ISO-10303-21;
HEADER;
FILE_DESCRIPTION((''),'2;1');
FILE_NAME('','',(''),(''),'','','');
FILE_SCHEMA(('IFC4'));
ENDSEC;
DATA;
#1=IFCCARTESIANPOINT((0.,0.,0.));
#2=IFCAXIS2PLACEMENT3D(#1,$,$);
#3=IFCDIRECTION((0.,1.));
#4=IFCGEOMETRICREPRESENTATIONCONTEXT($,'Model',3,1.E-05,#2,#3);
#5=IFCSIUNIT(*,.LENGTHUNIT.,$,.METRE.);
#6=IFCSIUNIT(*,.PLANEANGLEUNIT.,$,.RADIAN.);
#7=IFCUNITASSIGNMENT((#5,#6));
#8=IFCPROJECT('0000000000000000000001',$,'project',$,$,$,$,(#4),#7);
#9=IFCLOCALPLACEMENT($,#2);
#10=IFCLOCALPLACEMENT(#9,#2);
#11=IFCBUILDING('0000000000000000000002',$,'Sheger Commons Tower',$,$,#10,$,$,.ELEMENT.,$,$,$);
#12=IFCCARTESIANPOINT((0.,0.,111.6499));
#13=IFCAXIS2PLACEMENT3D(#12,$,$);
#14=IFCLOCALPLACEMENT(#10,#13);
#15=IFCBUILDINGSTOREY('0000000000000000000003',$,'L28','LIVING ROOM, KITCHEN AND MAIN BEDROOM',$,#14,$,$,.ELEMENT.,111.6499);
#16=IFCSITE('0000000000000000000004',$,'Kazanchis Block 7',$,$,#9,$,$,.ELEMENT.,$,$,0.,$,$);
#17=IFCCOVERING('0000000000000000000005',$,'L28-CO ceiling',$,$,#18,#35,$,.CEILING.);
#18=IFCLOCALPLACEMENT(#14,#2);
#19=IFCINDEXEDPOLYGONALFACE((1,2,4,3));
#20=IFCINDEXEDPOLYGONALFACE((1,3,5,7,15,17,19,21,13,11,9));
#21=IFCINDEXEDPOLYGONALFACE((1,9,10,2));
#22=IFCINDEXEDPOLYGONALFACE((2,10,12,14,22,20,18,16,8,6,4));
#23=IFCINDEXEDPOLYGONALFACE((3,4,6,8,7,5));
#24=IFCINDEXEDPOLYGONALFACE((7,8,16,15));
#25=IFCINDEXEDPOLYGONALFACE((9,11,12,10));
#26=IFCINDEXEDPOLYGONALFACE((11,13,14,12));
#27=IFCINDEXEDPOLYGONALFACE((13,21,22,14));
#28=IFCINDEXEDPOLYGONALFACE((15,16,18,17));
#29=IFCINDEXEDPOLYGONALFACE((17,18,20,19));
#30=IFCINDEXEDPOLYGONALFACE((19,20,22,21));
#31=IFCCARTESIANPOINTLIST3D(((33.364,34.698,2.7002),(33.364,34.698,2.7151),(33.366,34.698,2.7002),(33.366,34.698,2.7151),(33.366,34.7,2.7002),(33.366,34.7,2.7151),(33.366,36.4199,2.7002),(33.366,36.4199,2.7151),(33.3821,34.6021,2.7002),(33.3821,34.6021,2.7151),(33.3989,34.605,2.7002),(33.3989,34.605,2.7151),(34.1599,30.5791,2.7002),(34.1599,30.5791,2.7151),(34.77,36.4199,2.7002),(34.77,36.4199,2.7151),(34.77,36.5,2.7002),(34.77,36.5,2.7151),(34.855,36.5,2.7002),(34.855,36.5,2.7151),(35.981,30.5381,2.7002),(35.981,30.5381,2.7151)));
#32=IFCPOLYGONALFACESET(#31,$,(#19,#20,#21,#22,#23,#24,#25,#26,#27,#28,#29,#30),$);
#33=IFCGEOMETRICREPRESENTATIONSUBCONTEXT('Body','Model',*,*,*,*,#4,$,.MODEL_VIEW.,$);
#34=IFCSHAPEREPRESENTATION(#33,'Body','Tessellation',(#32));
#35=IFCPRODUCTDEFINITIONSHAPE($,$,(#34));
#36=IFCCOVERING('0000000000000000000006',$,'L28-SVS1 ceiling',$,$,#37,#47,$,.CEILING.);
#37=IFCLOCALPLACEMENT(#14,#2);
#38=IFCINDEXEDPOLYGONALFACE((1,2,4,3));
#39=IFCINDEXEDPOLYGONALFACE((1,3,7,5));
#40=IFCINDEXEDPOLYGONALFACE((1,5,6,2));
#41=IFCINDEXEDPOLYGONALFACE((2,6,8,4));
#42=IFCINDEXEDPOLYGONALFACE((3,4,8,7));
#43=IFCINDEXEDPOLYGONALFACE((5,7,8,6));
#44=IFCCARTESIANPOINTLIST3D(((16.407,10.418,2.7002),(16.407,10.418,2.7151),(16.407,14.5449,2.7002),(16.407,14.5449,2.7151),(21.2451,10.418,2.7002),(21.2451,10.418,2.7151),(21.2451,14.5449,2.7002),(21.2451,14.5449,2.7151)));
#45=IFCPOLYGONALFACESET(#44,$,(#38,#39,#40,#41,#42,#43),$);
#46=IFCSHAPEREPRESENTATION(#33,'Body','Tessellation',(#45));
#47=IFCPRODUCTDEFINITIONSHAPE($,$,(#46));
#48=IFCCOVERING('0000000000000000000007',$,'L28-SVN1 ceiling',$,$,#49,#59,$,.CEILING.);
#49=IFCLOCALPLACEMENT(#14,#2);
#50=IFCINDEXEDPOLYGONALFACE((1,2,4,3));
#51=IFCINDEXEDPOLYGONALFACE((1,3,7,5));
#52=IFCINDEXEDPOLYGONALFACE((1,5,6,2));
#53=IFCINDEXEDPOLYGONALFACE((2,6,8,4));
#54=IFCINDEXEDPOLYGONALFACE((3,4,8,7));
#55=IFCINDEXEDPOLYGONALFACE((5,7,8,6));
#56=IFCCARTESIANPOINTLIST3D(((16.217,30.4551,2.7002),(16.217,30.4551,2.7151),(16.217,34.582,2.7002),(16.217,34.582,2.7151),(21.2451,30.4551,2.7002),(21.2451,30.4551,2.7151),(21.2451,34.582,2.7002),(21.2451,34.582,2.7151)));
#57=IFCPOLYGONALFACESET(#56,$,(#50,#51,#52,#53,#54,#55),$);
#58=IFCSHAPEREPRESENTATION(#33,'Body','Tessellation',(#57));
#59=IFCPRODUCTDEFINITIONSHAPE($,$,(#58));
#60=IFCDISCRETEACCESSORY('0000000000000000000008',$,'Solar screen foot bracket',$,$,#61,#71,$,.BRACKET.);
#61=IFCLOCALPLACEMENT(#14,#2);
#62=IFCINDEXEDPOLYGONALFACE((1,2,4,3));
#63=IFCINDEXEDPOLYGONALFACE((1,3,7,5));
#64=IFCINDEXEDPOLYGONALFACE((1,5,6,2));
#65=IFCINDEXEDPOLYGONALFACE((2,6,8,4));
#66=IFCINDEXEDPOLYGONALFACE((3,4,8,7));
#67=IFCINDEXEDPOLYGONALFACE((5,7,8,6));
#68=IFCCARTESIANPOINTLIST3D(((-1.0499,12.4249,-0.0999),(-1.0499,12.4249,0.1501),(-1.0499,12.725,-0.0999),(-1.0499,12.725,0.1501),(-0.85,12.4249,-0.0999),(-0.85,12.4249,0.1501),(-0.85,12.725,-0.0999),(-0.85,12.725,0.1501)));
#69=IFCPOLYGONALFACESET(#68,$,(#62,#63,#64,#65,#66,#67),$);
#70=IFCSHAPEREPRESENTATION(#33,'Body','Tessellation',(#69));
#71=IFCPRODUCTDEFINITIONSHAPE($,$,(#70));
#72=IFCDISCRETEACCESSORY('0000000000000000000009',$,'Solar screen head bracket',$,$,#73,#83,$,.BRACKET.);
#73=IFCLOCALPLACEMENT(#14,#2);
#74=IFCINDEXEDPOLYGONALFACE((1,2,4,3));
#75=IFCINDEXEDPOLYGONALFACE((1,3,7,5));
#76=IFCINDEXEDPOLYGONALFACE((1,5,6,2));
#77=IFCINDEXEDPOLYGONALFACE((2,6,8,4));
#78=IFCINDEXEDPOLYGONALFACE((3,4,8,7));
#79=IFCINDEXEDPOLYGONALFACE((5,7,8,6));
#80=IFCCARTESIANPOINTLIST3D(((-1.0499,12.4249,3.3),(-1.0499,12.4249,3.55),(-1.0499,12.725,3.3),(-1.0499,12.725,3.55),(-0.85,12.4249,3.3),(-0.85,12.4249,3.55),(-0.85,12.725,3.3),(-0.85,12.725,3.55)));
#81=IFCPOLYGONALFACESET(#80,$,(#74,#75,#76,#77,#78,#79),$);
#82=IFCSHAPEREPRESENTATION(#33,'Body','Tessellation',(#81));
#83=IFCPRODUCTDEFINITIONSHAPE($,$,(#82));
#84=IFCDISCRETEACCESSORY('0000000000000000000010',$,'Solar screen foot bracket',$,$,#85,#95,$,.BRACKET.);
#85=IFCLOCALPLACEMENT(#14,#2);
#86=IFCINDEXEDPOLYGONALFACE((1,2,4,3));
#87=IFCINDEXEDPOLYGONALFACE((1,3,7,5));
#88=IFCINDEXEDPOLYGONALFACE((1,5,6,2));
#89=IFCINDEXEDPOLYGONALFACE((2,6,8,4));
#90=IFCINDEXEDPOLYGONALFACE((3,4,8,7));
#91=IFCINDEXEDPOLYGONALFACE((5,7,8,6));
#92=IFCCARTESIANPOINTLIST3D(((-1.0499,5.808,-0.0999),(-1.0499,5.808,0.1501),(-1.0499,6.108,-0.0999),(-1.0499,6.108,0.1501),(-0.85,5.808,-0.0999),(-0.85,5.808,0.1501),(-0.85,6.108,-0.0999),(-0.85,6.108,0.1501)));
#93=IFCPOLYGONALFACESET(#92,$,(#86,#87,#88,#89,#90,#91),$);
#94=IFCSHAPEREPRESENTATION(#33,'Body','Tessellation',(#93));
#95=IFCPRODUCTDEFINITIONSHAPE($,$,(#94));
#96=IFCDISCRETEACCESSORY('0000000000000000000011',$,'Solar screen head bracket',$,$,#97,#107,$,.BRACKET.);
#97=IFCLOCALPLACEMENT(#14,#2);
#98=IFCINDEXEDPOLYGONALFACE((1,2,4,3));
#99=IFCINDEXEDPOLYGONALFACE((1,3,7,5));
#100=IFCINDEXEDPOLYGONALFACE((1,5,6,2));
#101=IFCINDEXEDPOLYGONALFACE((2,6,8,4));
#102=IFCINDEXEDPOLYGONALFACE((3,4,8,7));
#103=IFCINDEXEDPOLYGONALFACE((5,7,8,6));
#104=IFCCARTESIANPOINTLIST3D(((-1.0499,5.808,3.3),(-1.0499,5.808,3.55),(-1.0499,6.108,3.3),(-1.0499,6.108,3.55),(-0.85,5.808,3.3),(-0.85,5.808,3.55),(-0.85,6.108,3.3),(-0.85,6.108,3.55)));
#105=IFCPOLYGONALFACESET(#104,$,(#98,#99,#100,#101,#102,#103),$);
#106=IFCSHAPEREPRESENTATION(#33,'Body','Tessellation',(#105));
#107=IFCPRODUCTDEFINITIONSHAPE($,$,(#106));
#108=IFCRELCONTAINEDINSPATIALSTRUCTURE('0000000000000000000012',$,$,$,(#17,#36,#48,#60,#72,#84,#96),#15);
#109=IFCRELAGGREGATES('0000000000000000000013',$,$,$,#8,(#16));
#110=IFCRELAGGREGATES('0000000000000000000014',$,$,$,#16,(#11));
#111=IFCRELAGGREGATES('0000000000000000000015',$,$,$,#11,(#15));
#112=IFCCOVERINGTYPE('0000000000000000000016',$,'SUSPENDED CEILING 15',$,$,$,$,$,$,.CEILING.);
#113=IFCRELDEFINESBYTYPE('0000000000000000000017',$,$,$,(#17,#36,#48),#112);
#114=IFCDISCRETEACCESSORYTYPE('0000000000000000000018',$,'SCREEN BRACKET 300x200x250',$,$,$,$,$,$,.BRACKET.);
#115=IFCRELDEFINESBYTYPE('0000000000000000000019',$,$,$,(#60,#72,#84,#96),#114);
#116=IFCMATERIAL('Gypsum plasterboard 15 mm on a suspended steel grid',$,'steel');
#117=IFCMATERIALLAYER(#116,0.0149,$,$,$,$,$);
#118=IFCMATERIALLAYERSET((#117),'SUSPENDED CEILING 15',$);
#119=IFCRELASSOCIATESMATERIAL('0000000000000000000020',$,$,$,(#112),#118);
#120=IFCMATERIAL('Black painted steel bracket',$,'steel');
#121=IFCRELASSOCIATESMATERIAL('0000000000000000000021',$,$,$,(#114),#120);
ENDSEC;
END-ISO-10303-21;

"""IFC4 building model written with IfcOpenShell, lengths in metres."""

from ifc_helpers import new_model, si_unit, direction, frame, origin, origin_2d, place, context, subcontext, project, spatial, polyline, rectangle, outline, extrude, material, layer, layer_set, type_object, element, save


model = new_model("IFC4")

# Units and contexts
model_context = context("Model", 3, precision=1e-05, world=origin(), true_north=direction((0.0, 1.0)))
body_context = subcontext(model_context, "Body", "Model", "MODEL_VIEW")
ifc_project = project(units=[si_unit("LENGTHUNIT", "METRE"), si_unit("PLANEANGLEUNIT", "RADIAN")], contexts=[model_context])

# Site, building, storey
site_placement = place(None, origin())
site = spatial("IfcSite", under=ifc_project, at=site_placement, Name="Kazanchis Block 7", CompositionType="ELEMENT", RefElevation=0.0)
building_placement = place(site_placement, origin())
building = spatial("IfcBuilding", under=site, at=building_placement, Name="Sheger Commons Tower", CompositionType="ELEMENT")
storey_placement = place(building_placement, frame((0.0, 0.0, 111.6499)))
storey = spatial("IfcBuildingStorey", under=building, at=storey_placement, Name="L28", Description="LIVING ROOM, KITCHEN AND MAIN BEDROOM", CompositionType="ELEMENT", Elevation=111.6499)

# Coverings
ifc_material_1 = material(Name="Gypsum plasterboard 15 mm on a suspended steel grid", Category="steel")
ifc_layer_1 = layer(ifc_material_1, 0.0149)
ifc_layer_set_1 = layer_set([ifc_layer_1], Name="SUSPENDED CEILING 15")
covering_type_1 = type_object("IfcCoveringType", Name="SUSPENDED CEILING 15", PredefinedType="CEILING", material=ifc_layer_set_1)
covering_1_placement = place(storey_placement, frame((0.0, 0.0, 2.7002)))
element("IfcCovering", 1, at=covering_1_placement, inside=storey, type_object=covering_type_1, Name="L28-CO ceiling", PredefinedType="CEILING", context=body_context, shape_type="SweptSolid", body=[
    extrude(outline(polyline([(35.981, 30.5381), (34.855, 36.5), (34.77, 36.5), (34.77, 36.4199), (33.366, 36.4199), (33.366, 34.7), (33.366, 34.698), (33.364, 34.698), (33.3821, 34.6021), (33.3989, 34.605), (34.1599, 30.5791), (35.981, 30.5381)])), origin(), (0.0, 0.0, 1.0), 0.0149),
])
covering_2_placement = place(storey_placement, frame((0.0, 0.0, 2.7002)))
element("IfcCovering", 2, at=covering_2_placement, inside=storey, type_object=covering_type_1, Name="L28-SVS1 ceiling", PredefinedType="CEILING", context=body_context, shape_type="SweptSolid", body=[
    extrude(outline(polyline([(16.407, 10.418), (21.2451, 10.418), (21.2451, 14.5449), (16.407, 14.5449), (16.407, 10.418)])), origin(), (0.0, 0.0, 1.0), 0.0149),
])
covering_3_placement = place(storey_placement, frame((0.0, 0.0, 2.7002)))
element("IfcCovering", 3, at=covering_3_placement, inside=storey, type_object=covering_type_1, Name="L28-SVN1 ceiling", PredefinedType="CEILING", context=body_context, shape_type="SweptSolid", body=[
    extrude(outline(polyline([(16.217, 30.4551), (21.2451, 30.4551), (21.2451, 34.582), (16.217, 34.582), (16.217, 30.4551)])), origin(), (0.0, 0.0, 1.0), 0.0149),
])

# Discrete accessories
ifc_material_2 = material(Name="Black painted steel bracket", Category="steel")
discrete_accessory_type = type_object("IfcDiscreteAccessoryType", Name="SCREEN BRACKET 300x200x250", PredefinedType="BRACKET", material=ifc_material_2)
for number, where, z_axis, x_axis, name in (
    (4, (-0.95, 12.575, -0.0999), (0.0, 0.0, 1.0), (0.0, -1.0, 0.0), "Solar screen foot bracket"),
    (5, (-0.95, 12.575, 3.3), (0.0, 0.0, 1.0), (0.0, -1.0, 0.0), "Solar screen head bracket"),
    (6, (-0.95, 5.958, -0.0999), (0.0, 0.0, 1.0), (0.0, -1.0, 0.0), "Solar screen foot bracket"),
    (7, (-0.95, 5.958, 3.3), (0.0, 0.0, 1.0), (0.0, -1.0, 0.0), "Solar screen head bracket"),
):
    element("IfcDiscreteAccessory", number, at=place(storey_placement, frame(where, z_axis=z_axis, x_axis=x_axis)), inside=storey, type_object=discrete_accessory_type, Name=name, PredefinedType="BRACKET", context=body_context, shape_type="SweptSolid", body=[
        extrude(rectangle(XDim=0.3, YDim=0.2, at=origin_2d()), origin(), (0.0, 0.0, 1.0), 0.25),
    ])

save(model, "model.ifc")
